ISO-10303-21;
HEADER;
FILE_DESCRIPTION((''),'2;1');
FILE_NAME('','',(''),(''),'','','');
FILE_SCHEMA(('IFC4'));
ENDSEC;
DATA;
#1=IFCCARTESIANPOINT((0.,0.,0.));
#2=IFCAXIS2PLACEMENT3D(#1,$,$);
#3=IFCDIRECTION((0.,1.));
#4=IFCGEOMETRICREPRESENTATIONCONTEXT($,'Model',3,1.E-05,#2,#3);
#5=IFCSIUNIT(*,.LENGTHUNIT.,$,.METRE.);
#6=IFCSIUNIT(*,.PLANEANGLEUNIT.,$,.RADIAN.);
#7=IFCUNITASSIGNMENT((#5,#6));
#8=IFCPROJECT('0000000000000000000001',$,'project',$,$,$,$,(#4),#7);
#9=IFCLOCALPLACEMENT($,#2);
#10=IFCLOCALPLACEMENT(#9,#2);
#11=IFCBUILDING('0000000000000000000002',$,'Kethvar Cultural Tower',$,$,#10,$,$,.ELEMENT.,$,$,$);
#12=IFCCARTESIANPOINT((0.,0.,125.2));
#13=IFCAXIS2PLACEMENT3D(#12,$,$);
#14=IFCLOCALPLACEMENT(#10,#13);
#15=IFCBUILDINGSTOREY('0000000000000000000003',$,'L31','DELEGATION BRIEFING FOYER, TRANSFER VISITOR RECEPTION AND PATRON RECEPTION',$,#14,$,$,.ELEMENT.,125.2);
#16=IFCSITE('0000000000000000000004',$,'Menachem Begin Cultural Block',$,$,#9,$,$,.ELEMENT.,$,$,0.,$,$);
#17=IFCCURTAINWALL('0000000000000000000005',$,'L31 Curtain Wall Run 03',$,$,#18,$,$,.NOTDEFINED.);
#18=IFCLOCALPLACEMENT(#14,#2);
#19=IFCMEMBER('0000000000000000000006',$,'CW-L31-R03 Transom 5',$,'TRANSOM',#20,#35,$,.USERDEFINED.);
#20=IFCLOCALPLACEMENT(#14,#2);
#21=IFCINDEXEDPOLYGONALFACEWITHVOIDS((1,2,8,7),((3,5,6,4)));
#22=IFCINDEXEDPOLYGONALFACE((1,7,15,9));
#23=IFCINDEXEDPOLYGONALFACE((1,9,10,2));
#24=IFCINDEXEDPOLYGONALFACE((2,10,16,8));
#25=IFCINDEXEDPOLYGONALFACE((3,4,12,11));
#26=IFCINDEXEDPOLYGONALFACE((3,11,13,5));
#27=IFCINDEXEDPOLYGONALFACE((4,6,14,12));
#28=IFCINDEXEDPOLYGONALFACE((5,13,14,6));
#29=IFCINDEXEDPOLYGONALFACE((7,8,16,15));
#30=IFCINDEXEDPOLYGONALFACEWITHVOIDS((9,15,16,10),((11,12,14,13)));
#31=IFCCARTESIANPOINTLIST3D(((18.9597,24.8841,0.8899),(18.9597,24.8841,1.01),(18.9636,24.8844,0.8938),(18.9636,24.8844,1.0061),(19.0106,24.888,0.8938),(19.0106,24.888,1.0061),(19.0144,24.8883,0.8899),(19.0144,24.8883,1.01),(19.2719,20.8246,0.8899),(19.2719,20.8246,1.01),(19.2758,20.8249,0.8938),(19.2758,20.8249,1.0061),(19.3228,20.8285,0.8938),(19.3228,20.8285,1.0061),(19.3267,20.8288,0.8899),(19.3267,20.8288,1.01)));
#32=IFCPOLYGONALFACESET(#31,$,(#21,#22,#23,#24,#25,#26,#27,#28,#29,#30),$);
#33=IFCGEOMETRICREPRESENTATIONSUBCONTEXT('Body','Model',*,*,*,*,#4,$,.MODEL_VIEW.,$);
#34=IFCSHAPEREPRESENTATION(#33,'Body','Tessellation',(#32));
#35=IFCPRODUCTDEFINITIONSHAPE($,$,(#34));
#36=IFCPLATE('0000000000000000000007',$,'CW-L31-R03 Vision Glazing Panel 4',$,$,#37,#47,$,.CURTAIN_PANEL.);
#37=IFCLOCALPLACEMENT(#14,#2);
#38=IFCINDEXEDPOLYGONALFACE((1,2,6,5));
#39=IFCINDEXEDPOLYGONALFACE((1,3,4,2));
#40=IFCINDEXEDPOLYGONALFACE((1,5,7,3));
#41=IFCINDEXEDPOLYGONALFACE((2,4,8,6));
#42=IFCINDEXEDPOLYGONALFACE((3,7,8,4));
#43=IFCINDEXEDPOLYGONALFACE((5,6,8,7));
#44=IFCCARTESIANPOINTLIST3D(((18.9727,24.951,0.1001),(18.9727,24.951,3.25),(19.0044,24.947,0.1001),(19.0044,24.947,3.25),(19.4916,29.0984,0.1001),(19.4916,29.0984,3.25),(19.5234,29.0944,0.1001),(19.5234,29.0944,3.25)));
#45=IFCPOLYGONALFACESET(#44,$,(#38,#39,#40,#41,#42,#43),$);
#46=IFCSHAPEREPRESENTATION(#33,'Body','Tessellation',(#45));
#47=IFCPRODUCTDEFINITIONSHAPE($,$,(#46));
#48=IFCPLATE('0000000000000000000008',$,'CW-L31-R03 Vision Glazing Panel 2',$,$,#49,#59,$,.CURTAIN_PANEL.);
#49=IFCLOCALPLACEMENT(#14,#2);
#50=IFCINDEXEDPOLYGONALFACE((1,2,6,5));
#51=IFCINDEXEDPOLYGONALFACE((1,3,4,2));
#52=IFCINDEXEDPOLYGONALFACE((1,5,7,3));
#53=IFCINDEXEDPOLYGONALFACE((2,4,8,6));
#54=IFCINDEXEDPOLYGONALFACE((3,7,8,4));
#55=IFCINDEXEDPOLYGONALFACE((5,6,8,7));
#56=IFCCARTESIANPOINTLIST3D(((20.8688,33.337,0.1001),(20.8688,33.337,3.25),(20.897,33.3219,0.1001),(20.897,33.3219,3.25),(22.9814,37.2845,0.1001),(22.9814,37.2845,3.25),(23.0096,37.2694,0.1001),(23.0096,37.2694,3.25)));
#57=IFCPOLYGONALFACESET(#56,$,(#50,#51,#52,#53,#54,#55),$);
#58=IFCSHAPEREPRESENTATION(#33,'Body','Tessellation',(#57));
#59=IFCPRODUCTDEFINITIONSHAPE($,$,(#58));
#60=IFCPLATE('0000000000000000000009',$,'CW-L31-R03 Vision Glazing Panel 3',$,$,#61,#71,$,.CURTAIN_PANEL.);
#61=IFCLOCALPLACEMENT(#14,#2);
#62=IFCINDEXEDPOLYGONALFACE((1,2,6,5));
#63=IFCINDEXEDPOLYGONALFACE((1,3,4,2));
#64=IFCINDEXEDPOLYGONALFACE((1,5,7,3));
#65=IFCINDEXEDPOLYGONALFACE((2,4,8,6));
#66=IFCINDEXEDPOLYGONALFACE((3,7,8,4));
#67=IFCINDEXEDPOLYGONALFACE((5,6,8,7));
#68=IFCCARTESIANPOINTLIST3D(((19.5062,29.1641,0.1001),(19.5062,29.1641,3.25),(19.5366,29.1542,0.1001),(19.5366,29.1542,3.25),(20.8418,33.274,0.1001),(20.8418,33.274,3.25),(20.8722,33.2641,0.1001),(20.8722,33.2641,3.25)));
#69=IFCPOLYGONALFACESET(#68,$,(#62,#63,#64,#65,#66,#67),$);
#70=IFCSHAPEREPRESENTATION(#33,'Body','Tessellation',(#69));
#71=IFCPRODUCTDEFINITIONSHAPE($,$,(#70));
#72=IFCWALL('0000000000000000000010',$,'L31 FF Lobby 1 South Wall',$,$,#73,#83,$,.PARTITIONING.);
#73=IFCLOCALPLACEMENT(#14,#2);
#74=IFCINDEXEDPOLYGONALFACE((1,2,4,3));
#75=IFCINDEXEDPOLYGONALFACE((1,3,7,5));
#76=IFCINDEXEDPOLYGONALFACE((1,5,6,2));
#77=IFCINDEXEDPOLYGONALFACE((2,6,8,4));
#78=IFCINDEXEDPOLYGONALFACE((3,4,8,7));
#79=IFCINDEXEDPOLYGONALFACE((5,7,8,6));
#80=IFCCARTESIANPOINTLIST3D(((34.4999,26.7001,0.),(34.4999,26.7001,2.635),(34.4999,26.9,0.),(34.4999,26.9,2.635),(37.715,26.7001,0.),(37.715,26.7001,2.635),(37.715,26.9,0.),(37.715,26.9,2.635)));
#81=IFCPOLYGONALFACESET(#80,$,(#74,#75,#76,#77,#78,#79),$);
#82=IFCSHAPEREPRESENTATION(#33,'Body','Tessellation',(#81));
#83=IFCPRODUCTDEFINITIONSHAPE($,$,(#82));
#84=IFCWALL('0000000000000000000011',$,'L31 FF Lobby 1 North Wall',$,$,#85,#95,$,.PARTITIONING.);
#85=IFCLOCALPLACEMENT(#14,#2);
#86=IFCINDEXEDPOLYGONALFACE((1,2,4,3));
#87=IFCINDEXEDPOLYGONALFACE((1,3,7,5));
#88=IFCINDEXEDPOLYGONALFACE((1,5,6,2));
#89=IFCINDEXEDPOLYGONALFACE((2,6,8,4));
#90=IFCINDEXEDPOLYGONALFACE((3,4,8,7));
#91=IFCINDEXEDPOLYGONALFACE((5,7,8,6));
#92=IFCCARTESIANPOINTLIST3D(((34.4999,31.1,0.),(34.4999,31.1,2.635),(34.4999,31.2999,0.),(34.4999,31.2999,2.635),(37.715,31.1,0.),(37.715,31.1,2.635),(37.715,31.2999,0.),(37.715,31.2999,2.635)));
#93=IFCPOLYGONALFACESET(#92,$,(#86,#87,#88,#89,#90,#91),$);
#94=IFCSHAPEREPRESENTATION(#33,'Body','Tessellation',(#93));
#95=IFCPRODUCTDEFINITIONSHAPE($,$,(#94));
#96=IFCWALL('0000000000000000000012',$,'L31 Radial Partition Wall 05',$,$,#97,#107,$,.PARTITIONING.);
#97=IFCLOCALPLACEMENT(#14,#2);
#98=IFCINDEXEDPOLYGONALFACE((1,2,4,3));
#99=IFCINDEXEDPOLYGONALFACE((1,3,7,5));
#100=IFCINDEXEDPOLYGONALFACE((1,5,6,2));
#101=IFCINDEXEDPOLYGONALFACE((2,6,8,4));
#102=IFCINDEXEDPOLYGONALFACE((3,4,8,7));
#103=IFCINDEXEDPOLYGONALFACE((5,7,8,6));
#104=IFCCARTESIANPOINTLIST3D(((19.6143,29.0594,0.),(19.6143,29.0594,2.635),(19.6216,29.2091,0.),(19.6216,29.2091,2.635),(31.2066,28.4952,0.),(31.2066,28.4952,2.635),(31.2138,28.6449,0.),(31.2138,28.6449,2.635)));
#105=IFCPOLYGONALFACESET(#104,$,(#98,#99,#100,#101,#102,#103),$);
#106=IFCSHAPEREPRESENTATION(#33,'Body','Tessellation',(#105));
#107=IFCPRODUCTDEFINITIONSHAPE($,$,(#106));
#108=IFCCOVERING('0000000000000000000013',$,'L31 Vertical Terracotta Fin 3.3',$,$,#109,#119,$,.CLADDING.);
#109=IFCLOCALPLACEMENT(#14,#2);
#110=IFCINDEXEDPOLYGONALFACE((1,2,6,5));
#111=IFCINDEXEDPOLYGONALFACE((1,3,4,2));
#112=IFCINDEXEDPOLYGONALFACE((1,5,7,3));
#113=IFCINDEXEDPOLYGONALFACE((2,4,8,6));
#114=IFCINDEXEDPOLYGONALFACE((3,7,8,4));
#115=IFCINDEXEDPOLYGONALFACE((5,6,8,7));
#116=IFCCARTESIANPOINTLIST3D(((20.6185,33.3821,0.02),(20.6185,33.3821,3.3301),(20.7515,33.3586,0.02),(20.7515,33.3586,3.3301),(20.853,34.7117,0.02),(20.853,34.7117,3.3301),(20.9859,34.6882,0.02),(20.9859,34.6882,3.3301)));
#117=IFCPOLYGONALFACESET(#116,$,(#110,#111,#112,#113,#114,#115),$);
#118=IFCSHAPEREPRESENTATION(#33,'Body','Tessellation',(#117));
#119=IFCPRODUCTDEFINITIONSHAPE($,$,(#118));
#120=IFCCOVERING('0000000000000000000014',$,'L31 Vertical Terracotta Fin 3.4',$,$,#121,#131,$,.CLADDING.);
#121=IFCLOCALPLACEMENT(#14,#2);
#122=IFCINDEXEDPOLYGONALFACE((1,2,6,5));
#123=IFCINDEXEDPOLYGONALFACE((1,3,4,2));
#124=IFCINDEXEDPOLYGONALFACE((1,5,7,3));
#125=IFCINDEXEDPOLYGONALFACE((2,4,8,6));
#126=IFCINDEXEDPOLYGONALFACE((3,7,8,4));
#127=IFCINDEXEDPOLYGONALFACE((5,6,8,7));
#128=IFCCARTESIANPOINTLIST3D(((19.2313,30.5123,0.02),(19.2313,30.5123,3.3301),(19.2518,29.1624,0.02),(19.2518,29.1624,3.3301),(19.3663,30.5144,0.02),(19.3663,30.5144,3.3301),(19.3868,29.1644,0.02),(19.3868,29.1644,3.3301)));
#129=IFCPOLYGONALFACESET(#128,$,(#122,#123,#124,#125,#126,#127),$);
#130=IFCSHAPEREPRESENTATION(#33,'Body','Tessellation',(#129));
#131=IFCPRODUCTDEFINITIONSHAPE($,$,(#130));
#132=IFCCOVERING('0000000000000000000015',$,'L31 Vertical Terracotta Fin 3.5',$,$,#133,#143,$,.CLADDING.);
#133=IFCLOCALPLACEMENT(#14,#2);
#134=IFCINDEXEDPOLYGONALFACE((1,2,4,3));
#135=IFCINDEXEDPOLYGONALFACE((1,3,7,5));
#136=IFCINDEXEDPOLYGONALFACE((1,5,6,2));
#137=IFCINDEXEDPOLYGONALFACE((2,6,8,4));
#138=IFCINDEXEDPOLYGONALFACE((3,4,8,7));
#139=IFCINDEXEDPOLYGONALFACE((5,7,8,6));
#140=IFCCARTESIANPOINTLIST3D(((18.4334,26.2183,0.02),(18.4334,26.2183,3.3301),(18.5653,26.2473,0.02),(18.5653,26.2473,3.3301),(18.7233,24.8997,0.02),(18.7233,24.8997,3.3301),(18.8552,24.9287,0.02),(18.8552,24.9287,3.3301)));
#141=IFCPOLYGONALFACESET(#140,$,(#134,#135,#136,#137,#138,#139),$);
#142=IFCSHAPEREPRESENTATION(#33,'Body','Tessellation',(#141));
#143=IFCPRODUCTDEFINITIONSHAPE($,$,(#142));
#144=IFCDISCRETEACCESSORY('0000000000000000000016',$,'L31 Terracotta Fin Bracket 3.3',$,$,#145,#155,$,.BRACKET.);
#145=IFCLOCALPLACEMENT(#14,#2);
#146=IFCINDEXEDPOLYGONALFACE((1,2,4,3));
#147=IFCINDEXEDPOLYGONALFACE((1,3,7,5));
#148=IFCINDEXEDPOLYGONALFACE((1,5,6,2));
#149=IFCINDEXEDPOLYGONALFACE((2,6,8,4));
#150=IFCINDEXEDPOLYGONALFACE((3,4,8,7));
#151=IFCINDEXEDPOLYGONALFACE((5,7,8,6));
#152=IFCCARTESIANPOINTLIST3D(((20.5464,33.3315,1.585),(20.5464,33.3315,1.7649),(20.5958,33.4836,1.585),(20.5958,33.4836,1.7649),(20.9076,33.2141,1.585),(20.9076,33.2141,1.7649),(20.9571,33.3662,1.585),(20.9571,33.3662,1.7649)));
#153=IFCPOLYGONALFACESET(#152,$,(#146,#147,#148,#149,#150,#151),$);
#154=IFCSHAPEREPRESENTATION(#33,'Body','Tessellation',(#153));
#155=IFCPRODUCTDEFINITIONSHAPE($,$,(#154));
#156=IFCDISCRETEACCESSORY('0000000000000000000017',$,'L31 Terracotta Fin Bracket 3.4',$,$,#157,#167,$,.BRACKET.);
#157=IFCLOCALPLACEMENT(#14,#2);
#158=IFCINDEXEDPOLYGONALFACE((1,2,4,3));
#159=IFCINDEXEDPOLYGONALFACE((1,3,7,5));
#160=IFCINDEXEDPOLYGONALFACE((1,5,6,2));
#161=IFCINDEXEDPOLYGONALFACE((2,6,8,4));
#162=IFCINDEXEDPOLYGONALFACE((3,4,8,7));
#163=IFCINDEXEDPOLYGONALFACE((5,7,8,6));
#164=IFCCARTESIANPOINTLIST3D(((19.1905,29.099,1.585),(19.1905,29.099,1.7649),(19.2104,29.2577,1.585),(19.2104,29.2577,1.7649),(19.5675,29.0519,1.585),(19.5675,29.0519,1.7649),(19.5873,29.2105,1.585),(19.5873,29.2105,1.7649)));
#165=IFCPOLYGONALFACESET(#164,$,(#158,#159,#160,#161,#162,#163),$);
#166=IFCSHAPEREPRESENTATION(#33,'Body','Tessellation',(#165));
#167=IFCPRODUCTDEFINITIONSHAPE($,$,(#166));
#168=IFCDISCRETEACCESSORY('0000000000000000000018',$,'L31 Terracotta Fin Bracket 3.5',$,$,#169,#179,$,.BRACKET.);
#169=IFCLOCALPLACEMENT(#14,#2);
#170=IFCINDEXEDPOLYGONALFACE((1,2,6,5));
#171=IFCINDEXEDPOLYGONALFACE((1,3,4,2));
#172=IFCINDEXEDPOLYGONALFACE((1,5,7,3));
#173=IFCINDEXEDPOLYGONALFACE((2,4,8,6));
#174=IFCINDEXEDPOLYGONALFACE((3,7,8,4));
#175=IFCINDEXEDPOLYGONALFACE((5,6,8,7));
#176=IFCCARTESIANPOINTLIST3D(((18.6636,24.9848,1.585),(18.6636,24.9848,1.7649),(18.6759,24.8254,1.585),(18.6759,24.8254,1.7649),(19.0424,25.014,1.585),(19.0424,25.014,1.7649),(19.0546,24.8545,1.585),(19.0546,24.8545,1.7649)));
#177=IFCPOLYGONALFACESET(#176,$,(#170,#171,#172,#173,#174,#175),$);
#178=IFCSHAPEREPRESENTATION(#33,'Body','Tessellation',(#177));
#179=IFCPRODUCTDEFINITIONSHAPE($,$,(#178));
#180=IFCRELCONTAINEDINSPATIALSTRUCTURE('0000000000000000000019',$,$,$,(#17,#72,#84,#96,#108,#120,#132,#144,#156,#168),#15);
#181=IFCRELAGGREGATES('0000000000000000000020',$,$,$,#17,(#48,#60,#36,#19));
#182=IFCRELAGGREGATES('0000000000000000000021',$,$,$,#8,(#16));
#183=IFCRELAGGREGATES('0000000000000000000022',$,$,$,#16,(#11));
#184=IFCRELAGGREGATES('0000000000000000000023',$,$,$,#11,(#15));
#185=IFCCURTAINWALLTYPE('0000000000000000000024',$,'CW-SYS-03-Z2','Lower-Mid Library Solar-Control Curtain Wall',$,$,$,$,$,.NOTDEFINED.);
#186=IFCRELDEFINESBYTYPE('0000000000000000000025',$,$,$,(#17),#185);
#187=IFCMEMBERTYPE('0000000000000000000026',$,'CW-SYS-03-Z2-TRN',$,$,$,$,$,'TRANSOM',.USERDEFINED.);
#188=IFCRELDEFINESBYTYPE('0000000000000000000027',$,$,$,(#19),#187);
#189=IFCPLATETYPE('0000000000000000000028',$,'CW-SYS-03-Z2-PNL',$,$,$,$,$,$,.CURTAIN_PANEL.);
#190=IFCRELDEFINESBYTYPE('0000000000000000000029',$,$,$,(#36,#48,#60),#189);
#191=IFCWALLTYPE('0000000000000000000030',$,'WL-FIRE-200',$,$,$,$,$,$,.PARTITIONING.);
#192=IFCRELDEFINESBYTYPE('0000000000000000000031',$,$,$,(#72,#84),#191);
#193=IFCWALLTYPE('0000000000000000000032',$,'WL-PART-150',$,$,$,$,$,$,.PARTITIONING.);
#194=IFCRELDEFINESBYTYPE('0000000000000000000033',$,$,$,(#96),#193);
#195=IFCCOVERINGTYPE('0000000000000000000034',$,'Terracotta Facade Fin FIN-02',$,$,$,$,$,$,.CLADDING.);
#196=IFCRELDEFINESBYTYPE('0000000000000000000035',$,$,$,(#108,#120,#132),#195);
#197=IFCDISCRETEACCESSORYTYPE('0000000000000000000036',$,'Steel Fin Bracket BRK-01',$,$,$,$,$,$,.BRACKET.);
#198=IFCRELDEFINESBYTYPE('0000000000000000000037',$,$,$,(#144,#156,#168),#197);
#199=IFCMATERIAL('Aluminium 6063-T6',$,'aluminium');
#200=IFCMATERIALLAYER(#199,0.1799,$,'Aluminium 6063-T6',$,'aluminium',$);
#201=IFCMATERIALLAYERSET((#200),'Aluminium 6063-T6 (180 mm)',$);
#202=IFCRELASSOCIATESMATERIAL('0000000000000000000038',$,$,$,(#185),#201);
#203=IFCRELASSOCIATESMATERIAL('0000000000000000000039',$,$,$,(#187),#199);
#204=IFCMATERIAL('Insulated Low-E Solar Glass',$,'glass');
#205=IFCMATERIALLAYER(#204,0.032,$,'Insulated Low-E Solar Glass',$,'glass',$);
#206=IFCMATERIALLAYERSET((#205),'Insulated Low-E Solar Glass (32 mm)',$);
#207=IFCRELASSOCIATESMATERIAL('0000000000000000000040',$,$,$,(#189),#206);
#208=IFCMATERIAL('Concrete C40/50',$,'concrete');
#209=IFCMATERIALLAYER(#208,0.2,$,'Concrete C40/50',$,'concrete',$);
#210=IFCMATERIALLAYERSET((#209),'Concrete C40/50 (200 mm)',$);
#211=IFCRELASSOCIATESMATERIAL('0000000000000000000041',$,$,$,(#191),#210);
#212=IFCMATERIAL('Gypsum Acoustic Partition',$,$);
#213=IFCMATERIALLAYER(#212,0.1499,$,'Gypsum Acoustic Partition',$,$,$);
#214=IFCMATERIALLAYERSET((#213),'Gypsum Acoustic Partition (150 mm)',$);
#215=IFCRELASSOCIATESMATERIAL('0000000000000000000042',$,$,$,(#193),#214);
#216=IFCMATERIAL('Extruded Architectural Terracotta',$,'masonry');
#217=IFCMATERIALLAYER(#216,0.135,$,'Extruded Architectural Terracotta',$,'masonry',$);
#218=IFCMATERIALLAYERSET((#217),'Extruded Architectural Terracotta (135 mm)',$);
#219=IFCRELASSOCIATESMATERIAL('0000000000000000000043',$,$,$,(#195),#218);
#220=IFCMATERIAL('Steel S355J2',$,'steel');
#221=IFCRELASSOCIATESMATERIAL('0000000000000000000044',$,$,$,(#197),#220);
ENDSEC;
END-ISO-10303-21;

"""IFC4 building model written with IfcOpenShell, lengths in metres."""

from ifc_helpers import new_model, si_unit, direction, frame, frame_2d, origin, origin_2d, place, context, subcontext, project, spatial, rectangle, hollow_rectangle, extrude, source, transform, mapped, material, layer, layer_set, material_profile, profile_set, type_object, element, aggregate, save


model = new_model("IFC4")

# Units and contexts
model_context = context("Model", 3, precision=1e-05, world=origin(), true_north=direction((0.0, 1.0)))
body_context = subcontext(model_context, "Body", "Model", "MODEL_VIEW")
ifc_project = project(units=[si_unit("LENGTHUNIT", "METRE"), si_unit("PLANEANGLEUNIT", "RADIAN")], contexts=[model_context])

# Site, building, storey
site_placement = place(None, origin())
site = spatial("IfcSite", under=ifc_project, at=site_placement, Name="Menachem Begin Cultural Block", CompositionType="ELEMENT", RefElevation=0.0)
building_placement = place(site_placement, origin())
building = spatial("IfcBuilding", under=site, at=building_placement, Name="Kethvar Cultural Tower", CompositionType="ELEMENT")
storey_placement = place(building_placement, frame((0.0, 0.0, 125.2)))
storey = spatial("IfcBuildingStorey", under=building, at=storey_placement, Name="L31", Description="DELEGATION BRIEFING FOYER, TRANSFER VISITOR RECEPTION AND PATRON RECEPTION", CompositionType="ELEMENT", Elevation=125.2)

# Shared definitions
ifc_material_1 = material(Name="Steel S355J2", Category="steel")

# Curtain wall, member, plates
ifc_material_2 = material(Name="Aluminium 6063-T6", Category="aluminium")
ifc_layer_1 = layer(ifc_material_2, 0.1799, Name="Aluminium 6063-T6", Category="aluminium")
ifc_layer_set_1 = layer_set([ifc_layer_1], Name="Aluminium 6063-T6 (180 mm)")
curtain_wall_type = type_object("IfcCurtainWallType", Name="CW-SYS-03-Z2", Description="Lower-Mid Library Solar-Control Curtain Wall", PredefinedType="NOTDEFINED", material=ifc_layer_set_1)
curtain_wall_placement = place(storey_placement, origin())
curtain_wall = element("IfcCurtainWall", 1, at=curtain_wall_placement, inside=storey, type_object=curtain_wall_type, Name="L31 Curtain Wall Run 03", PredefinedType="NOTDEFINED")
ifc_material_profile_1 = material_profile(ifc_material_2, hollow_rectangle(XDim=0.0549, YDim=0.1201, WallThickness=0.0039, at=origin_2d()), Name="Aluminium 6063-T6 — RHS120x55x4")
ifc_profile_set_1 = profile_set([ifc_material_profile_1], Name="Aluminium 6063-T6 — RHS120x55x4")
member_type_1 = type_object("IfcMemberType", Name="CW-SYS-03-Z2-TRN", ElementType="TRANSOM", PredefinedType="USERDEFINED", material=ifc_profile_set_1)
shared_shape_1 = source(origin(), body_context, "Body", "SweptSolid", [
    extrude(hollow_rectangle(XDim=0.0549, YDim=0.1201, WallThickness=0.0039, at=origin_2d()), origin(), (0.0, 0.0, 1.0), 4.0715),
])
member_1_placement = place(storey_placement, frame((18.9871, 24.8862, 0.95), z_axis=(0.076692, -0.997055, 0.0), x_axis=(0.997055, 0.076692, 0.0)))
member_1 = element("IfcMember", 2, at=member_1_placement, type_object=member_type_1, Name="CW-L31-R03 Transom 5", ObjectType="TRANSOM", PredefinedType="USERDEFINED", context=body_context, shape_type="MappedRepresentation", body=[
    mapped(shared_shape_1, transform((0.0, 0.0, 0.0), scale=1.0)),
])
ifc_material_3 = material(Name="Insulated Low-E Solar Glass", Category="glass")
ifc_layer_2 = layer(ifc_material_3, 0.032, Name="Insulated Low-E Solar Glass", Category="glass")
ifc_layer_set_2 = layer_set([ifc_layer_2], Name="Insulated Low-E Solar Glass (32 mm)")
plate_type = type_object("IfcPlateType", Name="CW-SYS-03-Z2-PNL", PredefinedType="CURTAIN_PANEL", material=ifc_layer_set_2)
shared_shape_2 = source(origin(), body_context, "Body", "SweptSolid", [
    extrude(rectangle(XDim=4.1797, YDim=0.032, at=origin_2d()), origin(), (0.0, 0.0, 1.0), 3.1499),
])
plate_1_placement = place(storey_placement, frame((19.248, 27.0227, 0.1001), z_axis=(0.0, 0.0, 1.0), x_axis=(-0.124156, -0.992263, 0.0)))
plate_1 = element("IfcPlate", 3, at=plate_1_placement, type_object=plate_type, Name="CW-L31-R03 Vision Glazing Panel 4", PredefinedType="CURTAIN_PANEL", context=body_context, shape_type="MappedRepresentation", body=[
    mapped(shared_shape_2, transform((0.0, 0.0, 0.0), scale=1.0)),
])
shared_shape_3 = source(origin(), body_context, "Body", "SweptSolid", [
    extrude(rectangle(XDim=4.4773, YDim=0.032, at=origin_2d()), origin(), (0.0, 0.0, 1.0), 3.1499),
])
plate_2_placement = place(storey_placement, frame((21.9392, 35.3032, 0.1001), z_axis=(0.0, 0.0, 1.0), x_axis=(-0.471858, -0.881674, 0.0)))
plate_2 = element("IfcPlate", 4, at=plate_2_placement, type_object=plate_type, Name="CW-L31-R03 Vision Glazing Panel 2", PredefinedType="CURTAIN_PANEL", context=body_context, shape_type="MappedRepresentation", body=[
    mapped(shared_shape_3, transform((0.0, 0.0, 0.0), scale=1.0)),
])
shared_shape_4 = source(origin(), body_context, "Body", "SweptSolid", [
    extrude(rectangle(XDim=4.3215, YDim=0.032, at=origin_2d()), origin(), (0.0, 0.0, 1.0), 3.1499),
])
plate_3_placement = place(storey_placement, frame((20.1892, 31.2141, 0.1001), z_axis=(0.0, 0.0, 1.0), x_axis=(-0.309067, -0.95104, 0.0)))
plate_3 = element("IfcPlate", 5, at=plate_3_placement, type_object=plate_type, Name="CW-L31-R03 Vision Glazing Panel 3", PredefinedType="CURTAIN_PANEL", context=body_context, shape_type="MappedRepresentation", body=[
    mapped(shared_shape_4, transform((0.0, 0.0, 0.0), scale=1.0)),
])
aggregate(curtain_wall, [plate_2, plate_3, plate_1, member_1])

# Shared definitions
ifc_material_4 = material(Name="Concrete C40/50", Category="concrete")
ifc_layer_3 = layer(ifc_material_4, 0.2, Name="Concrete C40/50", Category="concrete")
ifc_layer_set_3 = layer_set([ifc_layer_3], Name="Concrete C40/50 (200 mm)")
wall_type_1 = type_object("IfcWallType", Name="WL-FIRE-200", PredefinedType="PARTITIONING", material=ifc_layer_set_3)

# Walls
for number, where, z_axis, x_axis, name in (
    (6, (34.5, 26.8, 0.0), (0.0, 0.0, 1.0), (1.0, 0.0, 0.0), "L31 FF Lobby 1 South Wall"),
    (7, (34.5, 31.2, 0.0), (0.0, 0.0, 1.0), (1.0, 0.0, 0.0), "L31 FF Lobby 1 North Wall"),
):
    element("IfcWall", number, at=place(storey_placement, frame(where, z_axis=z_axis, x_axis=x_axis)), inside=storey, type_object=wall_type_1, Name=name, PredefinedType="PARTITIONING", context=body_context, shape_type="SweptSolid", body=[
        extrude(rectangle(XDim=3.2151, YDim=0.2, at=frame_2d((1.6074, 0.0))), origin(), (0.0, 0.0, 1.0), 2.635),
    ])
ifc_material_5 = material(Name="Gypsum Acoustic Partition")
ifc_layer_4 = layer(ifc_material_5, 0.1499, Name="Gypsum Acoustic Partition")
ifc_layer_set_4 = layer_set([ifc_layer_4], Name="Gypsum Acoustic Partition (150 mm)")
wall_type_2 = type_object("IfcWallType", Name="WL-PART-150", PredefinedType="PARTITIONING", material=ifc_layer_set_4)
wall_1_placement = place(storey_placement, frame((31.2102, 28.5701, 0.0), z_axis=(0.0, 0.0, 1.0), x_axis=(-0.998818, 0.048614, 0.0)))
element("IfcWall", 8, at=wall_1_placement, inside=storey, type_object=wall_type_2, Name="L31 Radial Partition Wall 05", PredefinedType="PARTITIONING", context=body_context, shape_type="SweptSolid", body=[
    extrude(rectangle(XDim=11.606, YDim=0.1499, at=frame_2d((5.803, 0.0))), origin(), (0.0, 0.0, 1.0), 2.635),
])

# Coverings
ifc_material_6 = material(Name="Extruded Architectural Terracotta", Category="masonry")
ifc_layer_5 = layer(ifc_material_6, 0.135, Name="Extruded Architectural Terracotta", Category="masonry")
ifc_layer_set_5 = layer_set([ifc_layer_5], Name="Extruded Architectural Terracotta (135 mm)")
covering_type = type_object("IfcCoveringType", Name="Terracotta Facade Fin FIN-02", PredefinedType="CLADDING", material=ifc_layer_set_5)
shared_shape_5 = source(origin(), body_context, "Body", "SweptSolid", [
    extrude(rectangle(XDim=1.3501, YDim=0.135, at=origin_2d()), origin(), (0.0, 0.0, 1.0), 3.3101),
])
for number, where, z_axis, x_axis, name in (
    (9, (20.8022, 34.0352, 0.02), (0.0, 0.0, 1.0), (0.173648, 0.984808, 0.0), "L31 Vertical Terracotta Fin 3.3"),
    (10, (19.3091, 29.8384, 0.02), (0.0, 0.0, 1.0), (-0.015184, 0.999885, 0.0), "L31 Vertical Terracotta Fin 3.4"),
    (11, (18.6443, 25.5735, 0.02), (0.0, 0.0, 1.0), (-0.214735, 0.976672, 0.0), "L31 Vertical Terracotta Fin 3.5"),
):
    element("IfcCovering", number, at=place(storey_placement, frame(where, z_axis=z_axis, x_axis=x_axis)), inside=storey, type_object=covering_type, Name=name, PredefinedType="CLADDING", context=body_context, shape_type="MappedRepresentation", body=[
        mapped(shared_shape_5, transform((0.0, 0.0, 0.0), scale=1.0)),
    ])

# Discrete accessories
discrete_accessory_type = type_object("IfcDiscreteAccessoryType", Name="Steel Fin Bracket BRK-01", PredefinedType="BRACKET", material=ifc_material_1)
shared_shape_6 = source(origin(), body_context, "Body", "SweptSolid", [
    extrude(rectangle(XDim=0.3799, YDim=0.1599, at=origin_2d()), origin(), (0.0, 0.0, 1.0), 0.1799),
])
for number, where, z_axis, x_axis, name in (
    (12, (20.7517, 33.3489, 1.585), (0.0, 0.0, 1.0), (-0.951057, 0.309017, 0.0), "L31 Terracotta Fin Bracket 3.3"),
    (13, (19.3889, 29.1548, 1.585), (0.0, 0.0, 1.0), (-0.992267, 0.124121, 0.0), "L31 Terracotta Fin Bracket 3.4"),
    (14, (18.8591, 24.9197, 1.585), (0.0, 0.0, 1.0), (-0.997053, -0.076719, 0.0), "L31 Terracotta Fin Bracket 3.5"),
):
    element("IfcDiscreteAccessory", number, at=place(storey_placement, frame(where, z_axis=z_axis, x_axis=x_axis)), inside=storey, type_object=discrete_accessory_type, Name=name, PredefinedType="BRACKET", context=body_context, shape_type="MappedRepresentation", body=[
        mapped(shared_shape_6, transform((0.0, 0.0, 0.0), scale=1.0)),
    ])

save(model, "model.ifc")
